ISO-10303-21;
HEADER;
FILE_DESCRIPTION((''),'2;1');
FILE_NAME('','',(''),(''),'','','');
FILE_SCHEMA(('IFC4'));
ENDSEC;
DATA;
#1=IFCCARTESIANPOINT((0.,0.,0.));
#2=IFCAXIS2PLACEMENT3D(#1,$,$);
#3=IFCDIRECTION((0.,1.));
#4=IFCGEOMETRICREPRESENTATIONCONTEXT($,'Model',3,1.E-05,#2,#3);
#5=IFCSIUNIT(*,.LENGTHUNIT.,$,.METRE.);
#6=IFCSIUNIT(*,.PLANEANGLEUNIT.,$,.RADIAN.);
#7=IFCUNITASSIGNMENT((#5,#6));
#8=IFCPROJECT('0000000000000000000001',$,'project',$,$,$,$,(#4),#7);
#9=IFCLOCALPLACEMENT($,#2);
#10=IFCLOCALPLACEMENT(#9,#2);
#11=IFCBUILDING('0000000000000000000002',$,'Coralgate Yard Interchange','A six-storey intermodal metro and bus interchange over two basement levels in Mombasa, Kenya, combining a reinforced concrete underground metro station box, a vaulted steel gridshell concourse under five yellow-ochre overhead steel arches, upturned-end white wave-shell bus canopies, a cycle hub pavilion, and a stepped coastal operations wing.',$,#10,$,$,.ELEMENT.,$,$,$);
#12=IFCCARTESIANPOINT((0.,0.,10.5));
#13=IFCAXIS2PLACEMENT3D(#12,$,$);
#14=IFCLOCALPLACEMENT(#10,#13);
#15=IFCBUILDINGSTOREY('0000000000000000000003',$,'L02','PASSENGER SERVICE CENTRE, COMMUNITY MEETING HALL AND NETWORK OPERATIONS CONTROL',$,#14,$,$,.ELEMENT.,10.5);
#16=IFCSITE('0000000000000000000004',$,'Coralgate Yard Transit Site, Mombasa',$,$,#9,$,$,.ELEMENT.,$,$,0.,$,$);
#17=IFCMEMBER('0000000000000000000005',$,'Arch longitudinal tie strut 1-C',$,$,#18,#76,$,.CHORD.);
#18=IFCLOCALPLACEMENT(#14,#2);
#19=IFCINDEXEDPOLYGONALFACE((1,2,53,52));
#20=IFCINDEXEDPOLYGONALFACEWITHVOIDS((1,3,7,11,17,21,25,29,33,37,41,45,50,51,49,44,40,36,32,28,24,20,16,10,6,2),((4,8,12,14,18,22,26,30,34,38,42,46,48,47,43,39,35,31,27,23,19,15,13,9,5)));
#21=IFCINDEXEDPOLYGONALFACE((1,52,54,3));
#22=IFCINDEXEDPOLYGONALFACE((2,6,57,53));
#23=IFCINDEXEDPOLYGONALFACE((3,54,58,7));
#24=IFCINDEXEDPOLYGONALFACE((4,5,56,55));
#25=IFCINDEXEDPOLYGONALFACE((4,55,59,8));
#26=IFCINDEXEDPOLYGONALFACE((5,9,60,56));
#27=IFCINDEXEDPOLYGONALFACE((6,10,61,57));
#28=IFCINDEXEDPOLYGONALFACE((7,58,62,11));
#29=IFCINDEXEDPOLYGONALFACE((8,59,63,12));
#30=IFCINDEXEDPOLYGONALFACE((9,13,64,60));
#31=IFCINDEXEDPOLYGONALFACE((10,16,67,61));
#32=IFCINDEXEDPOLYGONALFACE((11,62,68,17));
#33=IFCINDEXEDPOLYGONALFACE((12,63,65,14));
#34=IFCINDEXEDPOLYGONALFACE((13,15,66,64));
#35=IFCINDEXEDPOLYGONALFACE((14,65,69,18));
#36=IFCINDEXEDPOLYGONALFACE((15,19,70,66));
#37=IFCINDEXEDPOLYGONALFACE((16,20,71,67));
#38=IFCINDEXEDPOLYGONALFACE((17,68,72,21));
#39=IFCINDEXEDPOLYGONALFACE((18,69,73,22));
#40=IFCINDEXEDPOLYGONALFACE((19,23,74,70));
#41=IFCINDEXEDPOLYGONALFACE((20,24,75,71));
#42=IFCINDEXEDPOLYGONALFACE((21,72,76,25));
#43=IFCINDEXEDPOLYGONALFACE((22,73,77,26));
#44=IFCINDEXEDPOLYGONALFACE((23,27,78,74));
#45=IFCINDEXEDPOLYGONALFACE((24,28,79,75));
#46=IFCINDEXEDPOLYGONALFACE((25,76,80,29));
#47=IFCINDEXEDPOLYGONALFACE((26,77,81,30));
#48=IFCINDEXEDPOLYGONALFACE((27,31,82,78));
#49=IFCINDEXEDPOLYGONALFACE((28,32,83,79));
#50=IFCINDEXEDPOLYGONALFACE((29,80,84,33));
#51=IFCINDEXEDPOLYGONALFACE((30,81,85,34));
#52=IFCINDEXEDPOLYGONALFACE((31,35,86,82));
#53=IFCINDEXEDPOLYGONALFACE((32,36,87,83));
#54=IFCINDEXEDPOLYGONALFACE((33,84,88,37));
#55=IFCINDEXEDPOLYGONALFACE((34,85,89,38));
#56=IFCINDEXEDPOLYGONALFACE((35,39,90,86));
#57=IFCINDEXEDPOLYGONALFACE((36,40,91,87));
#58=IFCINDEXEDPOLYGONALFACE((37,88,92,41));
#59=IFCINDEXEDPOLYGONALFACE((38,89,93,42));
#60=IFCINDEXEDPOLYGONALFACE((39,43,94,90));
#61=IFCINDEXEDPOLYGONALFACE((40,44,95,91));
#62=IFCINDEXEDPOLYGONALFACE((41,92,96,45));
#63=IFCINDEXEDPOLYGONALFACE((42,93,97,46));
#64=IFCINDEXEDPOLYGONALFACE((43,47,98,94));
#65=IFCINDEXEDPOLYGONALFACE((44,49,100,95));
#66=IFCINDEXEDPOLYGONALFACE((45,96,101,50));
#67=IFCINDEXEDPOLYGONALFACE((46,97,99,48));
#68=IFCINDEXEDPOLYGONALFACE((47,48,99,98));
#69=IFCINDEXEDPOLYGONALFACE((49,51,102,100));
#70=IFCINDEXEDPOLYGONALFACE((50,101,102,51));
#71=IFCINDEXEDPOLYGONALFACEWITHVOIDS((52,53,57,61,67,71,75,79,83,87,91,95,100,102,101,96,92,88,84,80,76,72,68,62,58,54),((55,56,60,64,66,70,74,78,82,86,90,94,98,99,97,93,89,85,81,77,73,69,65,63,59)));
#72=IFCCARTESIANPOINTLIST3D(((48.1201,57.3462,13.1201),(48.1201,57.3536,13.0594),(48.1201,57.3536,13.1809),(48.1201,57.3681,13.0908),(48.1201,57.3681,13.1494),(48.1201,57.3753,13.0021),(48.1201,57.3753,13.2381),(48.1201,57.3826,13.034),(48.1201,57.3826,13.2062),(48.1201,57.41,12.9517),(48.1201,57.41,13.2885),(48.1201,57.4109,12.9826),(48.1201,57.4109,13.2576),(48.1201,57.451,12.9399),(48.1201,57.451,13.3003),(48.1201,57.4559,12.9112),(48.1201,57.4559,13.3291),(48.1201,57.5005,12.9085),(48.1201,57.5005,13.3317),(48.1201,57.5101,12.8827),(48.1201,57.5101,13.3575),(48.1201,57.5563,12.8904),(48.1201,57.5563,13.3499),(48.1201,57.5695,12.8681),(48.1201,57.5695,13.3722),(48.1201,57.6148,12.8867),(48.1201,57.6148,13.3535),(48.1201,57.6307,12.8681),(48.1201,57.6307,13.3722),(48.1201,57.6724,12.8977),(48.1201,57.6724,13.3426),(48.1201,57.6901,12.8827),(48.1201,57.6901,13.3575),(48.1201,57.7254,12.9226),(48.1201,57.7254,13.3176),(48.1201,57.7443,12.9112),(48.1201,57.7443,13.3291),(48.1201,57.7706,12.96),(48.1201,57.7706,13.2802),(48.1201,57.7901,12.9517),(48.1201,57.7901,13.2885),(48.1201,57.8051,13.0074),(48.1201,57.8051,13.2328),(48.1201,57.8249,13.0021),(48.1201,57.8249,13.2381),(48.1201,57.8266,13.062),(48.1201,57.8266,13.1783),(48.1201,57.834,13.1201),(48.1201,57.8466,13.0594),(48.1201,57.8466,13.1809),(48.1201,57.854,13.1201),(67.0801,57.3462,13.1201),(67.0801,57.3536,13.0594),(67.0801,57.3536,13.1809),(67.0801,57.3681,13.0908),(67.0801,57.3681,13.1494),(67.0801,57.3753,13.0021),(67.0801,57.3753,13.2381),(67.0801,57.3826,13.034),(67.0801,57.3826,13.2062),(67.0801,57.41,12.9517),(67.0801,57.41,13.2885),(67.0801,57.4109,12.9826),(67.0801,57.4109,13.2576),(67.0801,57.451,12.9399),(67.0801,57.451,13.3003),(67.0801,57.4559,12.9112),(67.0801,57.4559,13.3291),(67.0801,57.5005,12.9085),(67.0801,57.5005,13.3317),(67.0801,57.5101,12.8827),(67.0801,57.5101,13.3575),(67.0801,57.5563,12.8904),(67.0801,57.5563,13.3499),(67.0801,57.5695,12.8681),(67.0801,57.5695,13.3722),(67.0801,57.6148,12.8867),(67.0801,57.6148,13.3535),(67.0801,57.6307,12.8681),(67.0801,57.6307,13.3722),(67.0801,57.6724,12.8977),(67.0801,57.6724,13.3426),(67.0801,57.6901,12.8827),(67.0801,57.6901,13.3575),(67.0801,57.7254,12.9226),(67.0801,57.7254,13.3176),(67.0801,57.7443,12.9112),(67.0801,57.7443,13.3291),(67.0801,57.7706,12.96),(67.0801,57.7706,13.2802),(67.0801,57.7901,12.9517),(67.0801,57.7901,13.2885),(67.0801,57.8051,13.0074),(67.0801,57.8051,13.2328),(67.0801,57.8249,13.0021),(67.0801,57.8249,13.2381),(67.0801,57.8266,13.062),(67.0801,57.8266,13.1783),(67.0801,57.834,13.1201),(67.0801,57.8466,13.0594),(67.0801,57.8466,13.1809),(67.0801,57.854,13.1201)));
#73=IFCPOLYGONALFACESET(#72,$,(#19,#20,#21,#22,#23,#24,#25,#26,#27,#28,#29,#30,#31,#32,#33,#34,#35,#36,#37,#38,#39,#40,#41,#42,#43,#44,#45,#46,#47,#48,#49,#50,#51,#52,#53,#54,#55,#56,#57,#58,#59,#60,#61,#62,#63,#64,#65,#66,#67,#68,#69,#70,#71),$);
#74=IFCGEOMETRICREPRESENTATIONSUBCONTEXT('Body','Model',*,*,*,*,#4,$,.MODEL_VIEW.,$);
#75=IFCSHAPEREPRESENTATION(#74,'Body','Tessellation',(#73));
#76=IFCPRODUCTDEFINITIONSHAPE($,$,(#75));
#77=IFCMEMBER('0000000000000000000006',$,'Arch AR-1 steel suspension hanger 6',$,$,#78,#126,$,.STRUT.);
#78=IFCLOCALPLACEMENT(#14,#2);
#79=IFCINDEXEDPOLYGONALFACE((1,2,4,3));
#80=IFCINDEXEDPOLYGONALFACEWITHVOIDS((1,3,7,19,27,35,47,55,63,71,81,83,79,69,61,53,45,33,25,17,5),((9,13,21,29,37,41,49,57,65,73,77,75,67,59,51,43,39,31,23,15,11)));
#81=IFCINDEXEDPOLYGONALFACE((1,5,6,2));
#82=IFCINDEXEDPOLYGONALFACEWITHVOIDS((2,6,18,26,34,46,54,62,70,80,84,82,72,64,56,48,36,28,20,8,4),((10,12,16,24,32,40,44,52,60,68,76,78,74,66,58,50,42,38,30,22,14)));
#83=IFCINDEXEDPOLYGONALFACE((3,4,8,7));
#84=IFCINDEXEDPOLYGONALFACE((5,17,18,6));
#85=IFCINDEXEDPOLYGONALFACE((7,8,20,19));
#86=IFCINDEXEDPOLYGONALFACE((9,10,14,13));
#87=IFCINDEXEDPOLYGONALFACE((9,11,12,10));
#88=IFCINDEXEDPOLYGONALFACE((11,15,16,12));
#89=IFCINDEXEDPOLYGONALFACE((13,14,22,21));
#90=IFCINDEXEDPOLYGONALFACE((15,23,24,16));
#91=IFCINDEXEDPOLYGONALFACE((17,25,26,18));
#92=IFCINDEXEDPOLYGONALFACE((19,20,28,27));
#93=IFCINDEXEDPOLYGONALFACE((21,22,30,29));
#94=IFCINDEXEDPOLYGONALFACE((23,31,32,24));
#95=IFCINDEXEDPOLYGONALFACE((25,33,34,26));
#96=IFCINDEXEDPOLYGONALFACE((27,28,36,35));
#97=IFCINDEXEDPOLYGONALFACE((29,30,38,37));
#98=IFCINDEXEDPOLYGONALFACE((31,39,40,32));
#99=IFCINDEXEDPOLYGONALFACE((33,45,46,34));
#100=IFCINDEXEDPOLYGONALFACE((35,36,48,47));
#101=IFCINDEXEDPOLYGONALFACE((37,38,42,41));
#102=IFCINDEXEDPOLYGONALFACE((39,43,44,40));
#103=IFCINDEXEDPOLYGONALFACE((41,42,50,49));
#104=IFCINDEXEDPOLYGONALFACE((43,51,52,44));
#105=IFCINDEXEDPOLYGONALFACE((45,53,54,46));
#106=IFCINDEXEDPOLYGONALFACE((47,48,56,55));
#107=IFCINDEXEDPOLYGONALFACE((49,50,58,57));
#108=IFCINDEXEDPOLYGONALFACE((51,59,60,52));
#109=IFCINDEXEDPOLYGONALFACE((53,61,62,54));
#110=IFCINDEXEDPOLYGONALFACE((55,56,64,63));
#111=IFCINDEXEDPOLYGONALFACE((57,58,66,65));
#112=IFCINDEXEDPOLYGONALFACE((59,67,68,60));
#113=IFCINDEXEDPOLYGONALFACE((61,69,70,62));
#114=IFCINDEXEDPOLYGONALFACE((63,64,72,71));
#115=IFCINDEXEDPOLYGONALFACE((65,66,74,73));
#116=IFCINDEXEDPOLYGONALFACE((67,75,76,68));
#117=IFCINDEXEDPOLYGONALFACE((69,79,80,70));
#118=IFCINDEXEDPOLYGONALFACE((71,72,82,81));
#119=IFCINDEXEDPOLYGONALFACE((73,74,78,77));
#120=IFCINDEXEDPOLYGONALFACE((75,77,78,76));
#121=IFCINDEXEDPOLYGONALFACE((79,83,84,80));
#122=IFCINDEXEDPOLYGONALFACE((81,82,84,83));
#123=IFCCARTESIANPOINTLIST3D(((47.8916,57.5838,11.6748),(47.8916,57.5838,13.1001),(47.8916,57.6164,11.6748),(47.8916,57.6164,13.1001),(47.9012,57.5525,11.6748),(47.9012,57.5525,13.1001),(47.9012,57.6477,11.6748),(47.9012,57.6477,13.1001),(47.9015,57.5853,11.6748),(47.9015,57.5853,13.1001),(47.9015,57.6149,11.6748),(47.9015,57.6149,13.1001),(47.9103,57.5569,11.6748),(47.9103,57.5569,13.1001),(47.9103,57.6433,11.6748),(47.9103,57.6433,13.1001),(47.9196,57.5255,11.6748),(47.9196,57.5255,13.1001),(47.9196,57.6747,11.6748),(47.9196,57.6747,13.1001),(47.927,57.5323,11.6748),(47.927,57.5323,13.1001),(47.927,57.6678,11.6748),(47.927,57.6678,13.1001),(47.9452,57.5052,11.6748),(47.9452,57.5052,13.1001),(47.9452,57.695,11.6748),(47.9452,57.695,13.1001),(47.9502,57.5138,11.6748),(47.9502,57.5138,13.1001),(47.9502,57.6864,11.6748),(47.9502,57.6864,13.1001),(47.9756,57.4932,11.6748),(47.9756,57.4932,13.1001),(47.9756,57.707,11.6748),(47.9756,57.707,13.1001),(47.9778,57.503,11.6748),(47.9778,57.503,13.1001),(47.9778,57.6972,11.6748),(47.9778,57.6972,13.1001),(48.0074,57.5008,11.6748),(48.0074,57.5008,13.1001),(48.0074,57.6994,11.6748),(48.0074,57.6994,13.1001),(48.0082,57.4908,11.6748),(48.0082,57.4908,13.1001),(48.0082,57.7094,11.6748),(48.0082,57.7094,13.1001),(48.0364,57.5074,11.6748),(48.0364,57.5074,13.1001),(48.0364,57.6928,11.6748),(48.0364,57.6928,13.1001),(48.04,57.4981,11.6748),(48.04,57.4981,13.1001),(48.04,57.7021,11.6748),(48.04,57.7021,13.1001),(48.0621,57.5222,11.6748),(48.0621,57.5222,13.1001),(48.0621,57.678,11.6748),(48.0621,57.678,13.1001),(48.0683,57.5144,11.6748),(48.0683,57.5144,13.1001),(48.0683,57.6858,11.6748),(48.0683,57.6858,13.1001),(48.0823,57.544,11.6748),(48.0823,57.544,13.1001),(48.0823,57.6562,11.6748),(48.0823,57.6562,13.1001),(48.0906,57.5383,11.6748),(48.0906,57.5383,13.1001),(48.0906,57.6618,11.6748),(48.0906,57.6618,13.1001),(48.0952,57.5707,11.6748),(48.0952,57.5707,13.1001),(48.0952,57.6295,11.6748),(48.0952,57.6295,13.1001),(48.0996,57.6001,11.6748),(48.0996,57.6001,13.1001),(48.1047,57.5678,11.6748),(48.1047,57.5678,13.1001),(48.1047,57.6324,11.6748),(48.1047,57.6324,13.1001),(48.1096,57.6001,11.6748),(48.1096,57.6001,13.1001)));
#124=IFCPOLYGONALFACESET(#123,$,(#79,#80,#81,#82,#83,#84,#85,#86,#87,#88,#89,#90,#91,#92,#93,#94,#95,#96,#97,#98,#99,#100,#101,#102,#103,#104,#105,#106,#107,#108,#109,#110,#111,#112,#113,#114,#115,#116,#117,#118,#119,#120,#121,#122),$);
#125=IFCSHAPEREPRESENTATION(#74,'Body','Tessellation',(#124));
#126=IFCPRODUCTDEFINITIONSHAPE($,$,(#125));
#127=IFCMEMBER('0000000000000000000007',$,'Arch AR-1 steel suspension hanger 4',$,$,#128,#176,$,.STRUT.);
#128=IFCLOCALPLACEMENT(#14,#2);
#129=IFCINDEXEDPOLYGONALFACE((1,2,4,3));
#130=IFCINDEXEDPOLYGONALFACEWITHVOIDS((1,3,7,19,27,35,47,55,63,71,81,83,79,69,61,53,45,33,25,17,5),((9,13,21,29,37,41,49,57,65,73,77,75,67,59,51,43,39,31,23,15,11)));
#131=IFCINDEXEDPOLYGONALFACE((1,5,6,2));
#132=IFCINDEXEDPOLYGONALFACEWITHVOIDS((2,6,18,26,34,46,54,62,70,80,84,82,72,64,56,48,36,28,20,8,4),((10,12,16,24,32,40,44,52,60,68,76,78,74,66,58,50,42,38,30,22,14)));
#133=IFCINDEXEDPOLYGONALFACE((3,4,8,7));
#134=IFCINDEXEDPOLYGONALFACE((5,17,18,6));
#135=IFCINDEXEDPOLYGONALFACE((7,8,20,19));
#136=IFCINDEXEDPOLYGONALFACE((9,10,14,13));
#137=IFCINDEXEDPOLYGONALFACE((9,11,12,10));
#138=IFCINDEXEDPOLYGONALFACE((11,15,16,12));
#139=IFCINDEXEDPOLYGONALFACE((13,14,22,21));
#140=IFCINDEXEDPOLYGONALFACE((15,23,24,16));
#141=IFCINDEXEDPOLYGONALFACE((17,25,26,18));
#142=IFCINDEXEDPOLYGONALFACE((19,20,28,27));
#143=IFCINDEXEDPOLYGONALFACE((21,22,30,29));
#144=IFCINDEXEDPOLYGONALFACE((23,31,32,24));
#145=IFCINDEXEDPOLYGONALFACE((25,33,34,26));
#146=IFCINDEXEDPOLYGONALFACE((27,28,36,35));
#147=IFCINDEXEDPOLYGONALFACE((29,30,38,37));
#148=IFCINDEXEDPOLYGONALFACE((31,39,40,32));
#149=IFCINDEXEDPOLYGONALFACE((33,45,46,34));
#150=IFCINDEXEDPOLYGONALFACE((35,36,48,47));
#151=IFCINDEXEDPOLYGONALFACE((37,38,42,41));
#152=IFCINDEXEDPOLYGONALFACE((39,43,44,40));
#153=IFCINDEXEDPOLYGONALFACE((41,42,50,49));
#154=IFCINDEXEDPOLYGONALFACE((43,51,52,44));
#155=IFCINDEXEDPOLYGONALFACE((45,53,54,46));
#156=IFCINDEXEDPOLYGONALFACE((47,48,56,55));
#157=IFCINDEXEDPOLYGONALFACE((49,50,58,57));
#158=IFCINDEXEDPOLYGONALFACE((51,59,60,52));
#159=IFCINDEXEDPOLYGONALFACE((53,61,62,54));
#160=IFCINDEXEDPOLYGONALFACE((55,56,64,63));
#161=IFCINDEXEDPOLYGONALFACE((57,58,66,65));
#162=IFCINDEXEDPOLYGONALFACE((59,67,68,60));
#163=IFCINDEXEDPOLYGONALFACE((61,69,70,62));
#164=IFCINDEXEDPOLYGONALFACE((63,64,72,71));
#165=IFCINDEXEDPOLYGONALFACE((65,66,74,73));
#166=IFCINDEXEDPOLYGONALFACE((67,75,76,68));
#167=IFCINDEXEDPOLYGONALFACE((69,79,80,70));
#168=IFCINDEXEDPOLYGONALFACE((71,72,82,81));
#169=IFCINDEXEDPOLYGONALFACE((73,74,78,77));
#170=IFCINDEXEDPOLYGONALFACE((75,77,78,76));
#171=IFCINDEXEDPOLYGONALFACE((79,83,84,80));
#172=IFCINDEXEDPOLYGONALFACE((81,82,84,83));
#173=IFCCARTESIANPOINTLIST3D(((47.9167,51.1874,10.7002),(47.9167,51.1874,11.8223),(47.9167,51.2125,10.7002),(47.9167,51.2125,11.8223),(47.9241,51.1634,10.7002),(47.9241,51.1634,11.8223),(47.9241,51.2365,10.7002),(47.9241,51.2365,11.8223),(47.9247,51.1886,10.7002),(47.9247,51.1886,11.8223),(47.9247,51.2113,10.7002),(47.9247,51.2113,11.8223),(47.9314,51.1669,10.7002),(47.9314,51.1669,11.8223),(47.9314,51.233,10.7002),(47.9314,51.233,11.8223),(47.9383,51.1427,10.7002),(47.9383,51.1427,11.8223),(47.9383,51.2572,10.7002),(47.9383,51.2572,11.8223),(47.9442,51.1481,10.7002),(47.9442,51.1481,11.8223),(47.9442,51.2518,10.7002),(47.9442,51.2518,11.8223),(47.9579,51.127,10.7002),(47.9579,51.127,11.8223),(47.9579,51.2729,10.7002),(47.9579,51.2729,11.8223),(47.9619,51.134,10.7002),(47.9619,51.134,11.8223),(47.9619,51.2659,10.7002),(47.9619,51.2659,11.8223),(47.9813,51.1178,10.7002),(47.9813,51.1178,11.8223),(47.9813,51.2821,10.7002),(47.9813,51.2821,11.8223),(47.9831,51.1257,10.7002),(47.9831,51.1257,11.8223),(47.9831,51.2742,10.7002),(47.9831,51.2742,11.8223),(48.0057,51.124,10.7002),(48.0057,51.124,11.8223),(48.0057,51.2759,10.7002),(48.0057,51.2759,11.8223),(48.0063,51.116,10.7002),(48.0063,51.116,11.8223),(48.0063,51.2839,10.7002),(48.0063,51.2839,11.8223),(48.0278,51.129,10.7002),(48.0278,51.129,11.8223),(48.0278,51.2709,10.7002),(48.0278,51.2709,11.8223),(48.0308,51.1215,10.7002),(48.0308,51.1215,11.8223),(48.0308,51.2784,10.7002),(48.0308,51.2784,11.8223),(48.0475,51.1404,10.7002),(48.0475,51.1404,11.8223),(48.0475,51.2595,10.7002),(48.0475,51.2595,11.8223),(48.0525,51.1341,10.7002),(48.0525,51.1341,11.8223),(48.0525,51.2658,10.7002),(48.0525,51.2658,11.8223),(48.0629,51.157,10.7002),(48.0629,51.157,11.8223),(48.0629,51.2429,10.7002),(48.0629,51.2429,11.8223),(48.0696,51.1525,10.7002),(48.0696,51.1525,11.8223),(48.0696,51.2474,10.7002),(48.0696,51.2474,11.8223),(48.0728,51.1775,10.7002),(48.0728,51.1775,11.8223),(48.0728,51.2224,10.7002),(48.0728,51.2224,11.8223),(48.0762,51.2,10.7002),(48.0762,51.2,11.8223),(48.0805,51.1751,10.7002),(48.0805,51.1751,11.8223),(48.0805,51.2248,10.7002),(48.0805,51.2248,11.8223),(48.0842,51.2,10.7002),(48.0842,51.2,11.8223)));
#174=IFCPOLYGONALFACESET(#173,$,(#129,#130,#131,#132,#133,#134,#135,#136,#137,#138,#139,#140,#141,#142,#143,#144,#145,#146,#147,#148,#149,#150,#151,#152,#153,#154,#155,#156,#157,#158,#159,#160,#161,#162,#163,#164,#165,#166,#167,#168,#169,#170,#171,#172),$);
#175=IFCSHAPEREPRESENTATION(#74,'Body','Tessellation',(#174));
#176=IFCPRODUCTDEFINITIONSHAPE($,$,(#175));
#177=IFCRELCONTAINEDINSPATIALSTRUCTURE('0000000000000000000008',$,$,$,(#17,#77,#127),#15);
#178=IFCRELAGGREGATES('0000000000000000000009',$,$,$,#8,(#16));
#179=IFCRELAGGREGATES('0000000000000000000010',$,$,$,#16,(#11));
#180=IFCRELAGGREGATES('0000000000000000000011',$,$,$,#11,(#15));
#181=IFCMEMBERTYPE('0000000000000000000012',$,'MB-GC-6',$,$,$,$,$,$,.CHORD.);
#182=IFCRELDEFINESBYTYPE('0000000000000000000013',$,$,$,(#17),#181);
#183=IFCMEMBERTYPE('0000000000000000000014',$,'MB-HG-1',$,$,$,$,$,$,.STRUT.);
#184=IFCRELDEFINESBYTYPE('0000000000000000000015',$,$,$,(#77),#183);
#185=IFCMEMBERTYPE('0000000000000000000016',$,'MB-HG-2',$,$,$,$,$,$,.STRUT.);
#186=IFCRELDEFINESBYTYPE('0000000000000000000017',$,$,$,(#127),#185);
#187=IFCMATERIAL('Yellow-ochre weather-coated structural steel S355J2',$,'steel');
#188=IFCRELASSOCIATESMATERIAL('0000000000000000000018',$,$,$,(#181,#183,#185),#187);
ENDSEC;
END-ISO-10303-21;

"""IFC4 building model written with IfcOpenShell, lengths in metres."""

from ifc_helpers import new_model, si_unit, direction, frame, origin, origin_2d, place, context, subcontext, project, spatial, hollow_circle, extrude, material, material_profile, profile_set, type_object, element, save


model = new_model("IFC4")

# Units and contexts
model_context = context("Model", 3, precision=1e-05, world=origin(), true_north=direction((0.0, 1.0)))
body_context = subcontext(model_context, "Body", "Model", "MODEL_VIEW")
ifc_project = project(units=[si_unit("LENGTHUNIT", "METRE"), si_unit("PLANEANGLEUNIT", "RADIAN")], contexts=[model_context])

# Site, building, storey
site_placement = place(None, origin())
site = spatial("IfcSite", under=ifc_project, at=site_placement, Name="Coralgate Yard Transit Site, Mombasa", CompositionType="ELEMENT", RefElevation=0.0)
building_placement = place(site_placement, origin())
building = spatial("IfcBuilding", under=site, at=building_placement, Name="Coralgate Yard Interchange", Description="A six-storey intermodal metro and bus interchange over two basement levels in Mombasa, Kenya, combining a reinforced concrete underground metro station box, a vaulted steel gridshell concourse under five yellow-ochre overhead steel arches, upturned-end white wave-shell bus canopies, a cycle hub pavilion, and a stepped coastal operations wing.", CompositionType="ELEMENT")
storey_placement = place(building_placement, frame((0.0, 0.0, 10.5)))
storey = spatial("IfcBuildingStorey", under=building, at=storey_placement, Name="L02", Description="PASSENGER SERVICE CENTRE, COMMUNITY MEETING HALL AND NETWORK OPERATIONS CONTROL", CompositionType="ELEMENT", Elevation=10.5)

# Shared definitions
ifc_material_1 = material(Name="Yellow-ochre weather-coated structural steel S355J2", Category="steel")

# Members
ifc_material_profile_1 = material_profile(ifc_material_1, hollow_circle(Radius=0.2539, WallThickness=0.02, at=origin_2d()), Name="CHS 508x20")
ifc_profile_set_1 = profile_set([ifc_material_profile_1], Name="Yellow-ochre weather-coated structural steel S355J2")
member_type_1 = type_object("IfcMemberType", Name="MB-GC-6", PredefinedType="CHORD", material=ifc_profile_set_1)
member_1_placement = place(storey_placement, frame((48.1201, 57.6001, 13.1201), z_axis=(1.0, 0.0, 0.0), x_axis=(0.0, 1.0, 0.0)))
element("IfcMember", 1, at=member_1_placement, inside=storey, type_object=member_type_1, Name="Arch longitudinal tie strut 1-C", PredefinedType="CHORD", context=body_context, shape_type="SweptSolid", body=[
    extrude(hollow_circle(Radius=0.2539, WallThickness=0.02, at=origin_2d()), origin(), (0.0, 0.0, 1.0), 18.96),
])
ifc_material_profile_2 = material_profile(ifc_material_1, hollow_circle(Radius=0.1096, WallThickness=0.01, at=origin_2d()), Name="CHS 219.1x10")
ifc_profile_set_2 = profile_set([ifc_material_profile_2], Name="Yellow-ochre weather-coated structural steel S355J2")
member_type_2 = type_object("IfcMemberType", Name="MB-HG-1", PredefinedType="STRUT", material=ifc_profile_set_2)
member_2_placement = place(storey_placement, frame((48.0, 57.6001, 11.6748), z_axis=(0.0, 0.0, 1.0), x_axis=(1.0, 0.0, 0.0)))
element("IfcMember", 2, at=member_2_placement, inside=storey, type_object=member_type_2, Name="Arch AR-1 steel suspension hanger 6", PredefinedType="STRUT", context=body_context, shape_type="SweptSolid", body=[
    extrude(hollow_circle(Radius=0.1096, WallThickness=0.01, at=origin_2d()), origin(), (0.0, 0.0, 1.0), 1.4253),
])
ifc_material_profile_3 = material_profile(ifc_material_1, hollow_circle(Radius=0.0842, WallThickness=0.0081, at=origin_2d()), Name="CHS 168.3x8")
ifc_profile_set_3 = profile_set([ifc_material_profile_3], Name="Yellow-ochre weather-coated structural steel S355J2")
member_type_3 = type_object("IfcMemberType", Name="MB-HG-2", PredefinedType="STRUT", material=ifc_profile_set_3)
member_3_placement = place(storey_placement, frame((48.0, 51.2, 10.7002), z_axis=(0.0, 0.0, 1.0), x_axis=(1.0, 0.0, 0.0)))
element("IfcMember", 3, at=member_3_placement, inside=storey, type_object=member_type_3, Name="Arch AR-1 steel suspension hanger 4", PredefinedType="STRUT", context=body_context, shape_type="SweptSolid", body=[
    extrude(hollow_circle(Radius=0.0842, WallThickness=0.0081, at=origin_2d()), origin(), (0.0, 0.0, 1.0), 1.1221),
])

save(model, "model.ifc")
